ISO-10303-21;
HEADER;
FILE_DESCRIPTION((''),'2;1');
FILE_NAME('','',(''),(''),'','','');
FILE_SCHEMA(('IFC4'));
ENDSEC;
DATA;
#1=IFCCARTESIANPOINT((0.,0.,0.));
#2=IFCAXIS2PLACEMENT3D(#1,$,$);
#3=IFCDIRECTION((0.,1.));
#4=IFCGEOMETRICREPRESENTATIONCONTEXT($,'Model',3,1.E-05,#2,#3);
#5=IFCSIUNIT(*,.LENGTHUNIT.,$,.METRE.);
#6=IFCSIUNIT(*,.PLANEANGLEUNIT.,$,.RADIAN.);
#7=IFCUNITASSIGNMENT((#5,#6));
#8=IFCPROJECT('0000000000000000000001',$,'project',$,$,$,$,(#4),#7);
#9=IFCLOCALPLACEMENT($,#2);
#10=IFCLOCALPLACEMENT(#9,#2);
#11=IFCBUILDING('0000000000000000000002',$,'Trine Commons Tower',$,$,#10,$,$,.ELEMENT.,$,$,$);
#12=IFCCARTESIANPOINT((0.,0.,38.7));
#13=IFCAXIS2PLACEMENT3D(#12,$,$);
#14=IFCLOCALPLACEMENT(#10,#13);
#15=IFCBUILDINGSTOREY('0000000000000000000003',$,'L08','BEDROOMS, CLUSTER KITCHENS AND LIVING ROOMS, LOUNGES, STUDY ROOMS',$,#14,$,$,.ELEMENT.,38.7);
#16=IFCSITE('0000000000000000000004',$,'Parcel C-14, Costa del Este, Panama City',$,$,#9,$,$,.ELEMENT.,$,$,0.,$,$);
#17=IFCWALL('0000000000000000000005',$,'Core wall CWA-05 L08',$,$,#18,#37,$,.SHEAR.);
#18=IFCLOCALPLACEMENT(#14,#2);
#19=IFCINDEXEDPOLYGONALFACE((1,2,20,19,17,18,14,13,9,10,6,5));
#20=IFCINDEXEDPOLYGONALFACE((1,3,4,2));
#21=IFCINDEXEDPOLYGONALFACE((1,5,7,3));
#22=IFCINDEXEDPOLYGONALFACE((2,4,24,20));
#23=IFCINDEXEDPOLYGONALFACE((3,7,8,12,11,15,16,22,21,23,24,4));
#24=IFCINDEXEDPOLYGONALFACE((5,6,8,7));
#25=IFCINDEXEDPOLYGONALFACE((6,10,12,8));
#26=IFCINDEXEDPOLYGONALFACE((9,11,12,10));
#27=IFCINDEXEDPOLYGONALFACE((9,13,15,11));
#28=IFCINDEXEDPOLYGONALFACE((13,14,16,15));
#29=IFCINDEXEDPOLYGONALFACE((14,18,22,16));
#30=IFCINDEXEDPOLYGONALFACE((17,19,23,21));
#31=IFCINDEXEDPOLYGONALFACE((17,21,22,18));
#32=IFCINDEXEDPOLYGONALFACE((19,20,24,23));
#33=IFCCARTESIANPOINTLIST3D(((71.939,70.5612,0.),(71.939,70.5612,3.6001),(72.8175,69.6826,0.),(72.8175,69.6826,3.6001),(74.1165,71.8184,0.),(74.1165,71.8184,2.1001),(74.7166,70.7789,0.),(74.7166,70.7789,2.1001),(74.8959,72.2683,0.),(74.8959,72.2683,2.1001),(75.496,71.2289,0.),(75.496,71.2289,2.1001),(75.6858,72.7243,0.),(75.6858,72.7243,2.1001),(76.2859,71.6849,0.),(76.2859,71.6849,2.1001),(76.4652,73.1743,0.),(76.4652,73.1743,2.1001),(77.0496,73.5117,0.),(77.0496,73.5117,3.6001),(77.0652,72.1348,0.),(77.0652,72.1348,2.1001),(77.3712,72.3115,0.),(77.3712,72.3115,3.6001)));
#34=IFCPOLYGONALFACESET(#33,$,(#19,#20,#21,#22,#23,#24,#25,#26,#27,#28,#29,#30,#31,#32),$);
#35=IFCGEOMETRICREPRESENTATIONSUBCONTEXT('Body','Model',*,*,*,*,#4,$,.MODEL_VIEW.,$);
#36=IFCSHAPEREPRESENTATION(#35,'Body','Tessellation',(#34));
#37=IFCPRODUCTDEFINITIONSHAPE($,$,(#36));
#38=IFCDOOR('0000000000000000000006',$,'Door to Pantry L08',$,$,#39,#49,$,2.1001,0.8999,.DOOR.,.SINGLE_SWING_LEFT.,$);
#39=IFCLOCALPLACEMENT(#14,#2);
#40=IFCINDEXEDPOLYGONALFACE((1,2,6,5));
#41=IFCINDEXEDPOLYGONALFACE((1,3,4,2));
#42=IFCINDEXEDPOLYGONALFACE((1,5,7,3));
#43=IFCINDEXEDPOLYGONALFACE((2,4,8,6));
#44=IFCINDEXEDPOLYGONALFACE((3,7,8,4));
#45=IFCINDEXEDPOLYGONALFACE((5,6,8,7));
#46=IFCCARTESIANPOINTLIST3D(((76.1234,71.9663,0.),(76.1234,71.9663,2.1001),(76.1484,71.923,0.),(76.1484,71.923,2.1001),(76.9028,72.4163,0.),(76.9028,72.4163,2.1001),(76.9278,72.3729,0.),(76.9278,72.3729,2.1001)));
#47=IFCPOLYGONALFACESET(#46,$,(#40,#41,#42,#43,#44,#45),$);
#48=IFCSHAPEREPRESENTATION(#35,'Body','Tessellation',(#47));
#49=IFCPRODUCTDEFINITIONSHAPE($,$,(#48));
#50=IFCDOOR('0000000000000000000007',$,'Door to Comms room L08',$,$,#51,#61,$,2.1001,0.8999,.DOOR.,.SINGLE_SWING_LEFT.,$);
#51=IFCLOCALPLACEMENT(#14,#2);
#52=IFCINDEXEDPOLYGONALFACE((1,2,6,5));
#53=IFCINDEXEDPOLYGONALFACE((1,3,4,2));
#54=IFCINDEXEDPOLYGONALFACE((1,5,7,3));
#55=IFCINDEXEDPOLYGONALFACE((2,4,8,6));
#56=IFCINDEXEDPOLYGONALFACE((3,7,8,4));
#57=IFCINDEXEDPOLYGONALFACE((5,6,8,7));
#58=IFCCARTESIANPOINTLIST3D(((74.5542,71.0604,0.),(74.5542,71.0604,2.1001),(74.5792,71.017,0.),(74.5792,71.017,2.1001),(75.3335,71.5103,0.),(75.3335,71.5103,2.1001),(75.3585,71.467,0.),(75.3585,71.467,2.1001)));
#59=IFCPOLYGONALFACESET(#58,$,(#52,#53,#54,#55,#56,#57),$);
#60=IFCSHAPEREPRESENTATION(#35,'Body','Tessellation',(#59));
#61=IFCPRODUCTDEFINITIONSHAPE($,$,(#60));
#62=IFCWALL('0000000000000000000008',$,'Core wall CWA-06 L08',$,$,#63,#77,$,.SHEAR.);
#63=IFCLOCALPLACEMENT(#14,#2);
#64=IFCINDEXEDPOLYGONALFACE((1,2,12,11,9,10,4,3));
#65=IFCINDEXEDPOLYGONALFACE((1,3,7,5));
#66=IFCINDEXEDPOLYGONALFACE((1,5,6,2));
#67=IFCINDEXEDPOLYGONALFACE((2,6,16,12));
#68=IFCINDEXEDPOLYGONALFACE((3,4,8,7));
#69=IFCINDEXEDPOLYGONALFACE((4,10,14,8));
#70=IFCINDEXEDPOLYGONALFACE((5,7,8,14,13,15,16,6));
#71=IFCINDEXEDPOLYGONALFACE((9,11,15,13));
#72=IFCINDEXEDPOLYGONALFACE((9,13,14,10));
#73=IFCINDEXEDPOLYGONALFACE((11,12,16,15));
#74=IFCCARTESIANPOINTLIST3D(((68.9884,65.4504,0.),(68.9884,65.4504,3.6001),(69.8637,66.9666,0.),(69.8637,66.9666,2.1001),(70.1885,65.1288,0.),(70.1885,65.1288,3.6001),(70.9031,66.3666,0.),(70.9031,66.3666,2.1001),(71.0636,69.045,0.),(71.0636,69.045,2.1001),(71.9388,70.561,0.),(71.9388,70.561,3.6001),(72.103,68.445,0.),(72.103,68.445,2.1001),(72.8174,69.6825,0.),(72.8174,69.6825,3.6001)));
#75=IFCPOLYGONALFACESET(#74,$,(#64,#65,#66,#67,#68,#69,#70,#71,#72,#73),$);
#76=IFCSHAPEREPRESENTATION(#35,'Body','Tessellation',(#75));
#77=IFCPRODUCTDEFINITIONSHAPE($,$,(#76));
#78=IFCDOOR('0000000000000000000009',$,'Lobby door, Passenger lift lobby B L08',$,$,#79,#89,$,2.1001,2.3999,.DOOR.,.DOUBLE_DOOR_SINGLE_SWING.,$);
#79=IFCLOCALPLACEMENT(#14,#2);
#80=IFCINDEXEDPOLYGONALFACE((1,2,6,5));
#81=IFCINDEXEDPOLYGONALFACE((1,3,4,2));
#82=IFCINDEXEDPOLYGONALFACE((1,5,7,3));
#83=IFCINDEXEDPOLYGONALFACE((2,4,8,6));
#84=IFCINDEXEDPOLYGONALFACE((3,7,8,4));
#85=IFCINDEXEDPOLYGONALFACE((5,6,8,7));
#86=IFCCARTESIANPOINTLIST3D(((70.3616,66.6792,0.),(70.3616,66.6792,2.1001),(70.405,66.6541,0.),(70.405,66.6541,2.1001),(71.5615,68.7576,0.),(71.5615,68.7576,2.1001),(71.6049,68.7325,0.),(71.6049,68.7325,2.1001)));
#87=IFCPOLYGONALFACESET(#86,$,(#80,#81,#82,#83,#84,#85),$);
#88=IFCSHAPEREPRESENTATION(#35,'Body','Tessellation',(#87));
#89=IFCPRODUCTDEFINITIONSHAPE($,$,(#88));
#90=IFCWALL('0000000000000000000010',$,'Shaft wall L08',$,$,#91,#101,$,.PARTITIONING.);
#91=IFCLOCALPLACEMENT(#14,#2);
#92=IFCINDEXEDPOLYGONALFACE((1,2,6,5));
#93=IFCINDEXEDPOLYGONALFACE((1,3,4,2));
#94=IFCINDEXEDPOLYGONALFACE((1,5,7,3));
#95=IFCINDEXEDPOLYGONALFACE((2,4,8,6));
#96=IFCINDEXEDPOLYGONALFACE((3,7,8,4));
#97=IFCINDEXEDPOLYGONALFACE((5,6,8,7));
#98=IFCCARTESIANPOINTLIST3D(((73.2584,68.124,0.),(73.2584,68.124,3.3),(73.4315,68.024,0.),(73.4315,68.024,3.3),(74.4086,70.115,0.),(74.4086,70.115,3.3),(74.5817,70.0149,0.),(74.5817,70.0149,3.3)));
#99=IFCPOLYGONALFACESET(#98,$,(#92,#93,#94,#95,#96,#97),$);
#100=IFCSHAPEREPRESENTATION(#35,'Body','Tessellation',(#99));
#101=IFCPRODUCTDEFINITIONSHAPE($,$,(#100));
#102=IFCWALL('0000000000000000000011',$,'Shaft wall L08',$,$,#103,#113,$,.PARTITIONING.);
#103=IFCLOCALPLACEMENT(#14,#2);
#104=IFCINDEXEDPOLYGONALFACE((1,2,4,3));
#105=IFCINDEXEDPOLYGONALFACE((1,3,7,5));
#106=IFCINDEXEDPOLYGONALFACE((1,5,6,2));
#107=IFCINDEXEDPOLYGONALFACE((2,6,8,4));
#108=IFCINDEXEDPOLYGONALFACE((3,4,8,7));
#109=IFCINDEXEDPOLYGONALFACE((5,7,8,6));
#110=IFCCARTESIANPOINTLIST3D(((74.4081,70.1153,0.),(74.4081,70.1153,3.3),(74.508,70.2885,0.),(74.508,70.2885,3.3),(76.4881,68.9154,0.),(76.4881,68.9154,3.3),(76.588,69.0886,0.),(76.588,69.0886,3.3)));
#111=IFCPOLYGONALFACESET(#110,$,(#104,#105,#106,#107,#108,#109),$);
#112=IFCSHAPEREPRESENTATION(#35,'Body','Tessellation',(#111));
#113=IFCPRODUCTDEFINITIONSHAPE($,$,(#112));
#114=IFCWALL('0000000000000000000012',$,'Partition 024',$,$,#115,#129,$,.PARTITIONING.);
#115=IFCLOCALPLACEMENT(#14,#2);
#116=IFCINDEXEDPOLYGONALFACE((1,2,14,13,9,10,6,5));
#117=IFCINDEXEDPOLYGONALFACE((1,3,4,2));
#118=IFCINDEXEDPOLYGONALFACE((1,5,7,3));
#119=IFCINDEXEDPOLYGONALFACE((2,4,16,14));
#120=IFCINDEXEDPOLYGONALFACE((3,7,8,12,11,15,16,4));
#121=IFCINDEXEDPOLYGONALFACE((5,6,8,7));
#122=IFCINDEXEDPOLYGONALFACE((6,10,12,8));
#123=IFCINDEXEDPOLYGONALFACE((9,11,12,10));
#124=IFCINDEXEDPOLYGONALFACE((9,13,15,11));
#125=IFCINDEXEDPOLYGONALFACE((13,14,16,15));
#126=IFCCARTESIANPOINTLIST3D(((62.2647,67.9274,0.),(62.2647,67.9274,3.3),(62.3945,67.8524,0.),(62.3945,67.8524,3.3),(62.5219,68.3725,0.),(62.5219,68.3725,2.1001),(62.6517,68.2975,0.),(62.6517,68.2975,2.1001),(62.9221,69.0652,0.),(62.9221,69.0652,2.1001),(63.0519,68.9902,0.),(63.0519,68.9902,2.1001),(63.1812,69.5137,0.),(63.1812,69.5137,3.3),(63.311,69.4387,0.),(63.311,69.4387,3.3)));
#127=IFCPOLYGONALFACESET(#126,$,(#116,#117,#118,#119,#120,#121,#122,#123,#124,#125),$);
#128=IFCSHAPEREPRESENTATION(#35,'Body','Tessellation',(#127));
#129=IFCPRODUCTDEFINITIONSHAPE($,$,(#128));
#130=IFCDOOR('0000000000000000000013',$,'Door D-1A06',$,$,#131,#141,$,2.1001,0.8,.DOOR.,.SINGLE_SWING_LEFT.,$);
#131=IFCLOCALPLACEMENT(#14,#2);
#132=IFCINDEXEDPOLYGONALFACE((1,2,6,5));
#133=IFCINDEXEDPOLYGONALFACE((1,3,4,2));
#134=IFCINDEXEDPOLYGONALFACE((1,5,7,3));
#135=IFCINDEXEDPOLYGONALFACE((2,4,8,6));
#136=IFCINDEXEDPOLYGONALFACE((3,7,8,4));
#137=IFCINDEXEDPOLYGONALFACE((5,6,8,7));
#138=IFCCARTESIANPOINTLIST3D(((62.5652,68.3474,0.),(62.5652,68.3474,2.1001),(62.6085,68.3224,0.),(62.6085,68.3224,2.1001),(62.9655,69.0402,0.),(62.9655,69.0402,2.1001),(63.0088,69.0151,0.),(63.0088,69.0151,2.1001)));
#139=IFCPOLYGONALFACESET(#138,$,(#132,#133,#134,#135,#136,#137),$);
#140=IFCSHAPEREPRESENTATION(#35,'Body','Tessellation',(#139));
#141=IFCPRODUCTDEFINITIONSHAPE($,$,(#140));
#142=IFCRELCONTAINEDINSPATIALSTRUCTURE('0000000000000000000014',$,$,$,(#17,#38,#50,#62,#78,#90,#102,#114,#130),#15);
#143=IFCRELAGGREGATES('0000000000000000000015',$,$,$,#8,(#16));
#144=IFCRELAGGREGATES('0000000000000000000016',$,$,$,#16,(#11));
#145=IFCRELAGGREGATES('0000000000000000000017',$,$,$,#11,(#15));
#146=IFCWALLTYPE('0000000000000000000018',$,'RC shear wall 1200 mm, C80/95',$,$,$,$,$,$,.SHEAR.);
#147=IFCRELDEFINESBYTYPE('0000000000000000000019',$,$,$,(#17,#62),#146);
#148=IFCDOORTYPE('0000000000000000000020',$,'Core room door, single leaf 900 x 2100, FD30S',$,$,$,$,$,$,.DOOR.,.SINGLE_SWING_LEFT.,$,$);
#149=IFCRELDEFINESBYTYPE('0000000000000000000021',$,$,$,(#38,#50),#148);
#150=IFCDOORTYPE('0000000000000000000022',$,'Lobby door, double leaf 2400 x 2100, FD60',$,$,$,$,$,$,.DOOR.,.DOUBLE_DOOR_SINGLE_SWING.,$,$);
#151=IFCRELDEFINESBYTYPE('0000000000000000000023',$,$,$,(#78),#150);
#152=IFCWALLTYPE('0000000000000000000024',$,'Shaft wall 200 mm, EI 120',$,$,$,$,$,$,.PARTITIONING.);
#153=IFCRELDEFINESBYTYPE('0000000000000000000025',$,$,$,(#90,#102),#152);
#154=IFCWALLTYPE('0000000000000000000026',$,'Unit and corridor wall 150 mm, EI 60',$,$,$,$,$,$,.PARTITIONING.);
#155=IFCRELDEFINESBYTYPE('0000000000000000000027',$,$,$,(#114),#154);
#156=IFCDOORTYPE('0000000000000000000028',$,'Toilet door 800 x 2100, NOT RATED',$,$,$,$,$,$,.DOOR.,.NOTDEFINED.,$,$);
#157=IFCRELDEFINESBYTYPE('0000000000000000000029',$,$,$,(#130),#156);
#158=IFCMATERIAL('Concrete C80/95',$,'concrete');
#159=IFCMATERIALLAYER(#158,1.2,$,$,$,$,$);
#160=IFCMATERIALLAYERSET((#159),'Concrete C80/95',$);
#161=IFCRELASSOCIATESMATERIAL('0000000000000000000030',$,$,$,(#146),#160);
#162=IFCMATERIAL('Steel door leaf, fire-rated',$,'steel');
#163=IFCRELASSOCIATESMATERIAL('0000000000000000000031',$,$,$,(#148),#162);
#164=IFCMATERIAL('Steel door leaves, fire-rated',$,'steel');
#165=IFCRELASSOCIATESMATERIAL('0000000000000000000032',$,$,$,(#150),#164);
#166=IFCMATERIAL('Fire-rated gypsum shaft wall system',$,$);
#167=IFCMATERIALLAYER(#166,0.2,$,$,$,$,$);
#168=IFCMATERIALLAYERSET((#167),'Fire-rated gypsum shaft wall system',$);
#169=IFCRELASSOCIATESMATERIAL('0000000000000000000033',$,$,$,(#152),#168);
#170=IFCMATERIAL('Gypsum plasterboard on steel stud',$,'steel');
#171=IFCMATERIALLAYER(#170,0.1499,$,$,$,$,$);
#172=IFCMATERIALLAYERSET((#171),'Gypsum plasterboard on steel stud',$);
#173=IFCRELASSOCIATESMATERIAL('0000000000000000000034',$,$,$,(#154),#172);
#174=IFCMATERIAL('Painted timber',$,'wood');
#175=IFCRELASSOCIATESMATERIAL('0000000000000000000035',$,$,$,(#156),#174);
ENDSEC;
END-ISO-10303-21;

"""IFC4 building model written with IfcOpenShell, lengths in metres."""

from ifc_helpers import new_model, si_unit, direction, frame, frame_2d, origin, place, context, subcontext, project, spatial, polyline, rectangle, outline, extrude, material, layer, layer_set, type_object, element, fill, save


model = new_model("IFC4")

# Units and contexts
model_context = context("Model", 3, precision=1e-05, world=origin(), true_north=direction((0.0, 1.0)))
body_context = subcontext(model_context, "Body", "Model", "MODEL_VIEW")
ifc_project = project(units=[si_unit("LENGTHUNIT", "METRE"), si_unit("PLANEANGLEUNIT", "RADIAN")], contexts=[model_context])

# Site, building, storey
site_placement = place(None, origin())
site = spatial("IfcSite", under=ifc_project, at=site_placement, Name="Parcel C-14, Costa del Este, Panama City", CompositionType="ELEMENT", RefElevation=0.0)
building_placement = place(site_placement, origin())
building = spatial("IfcBuilding", under=site, at=building_placement, Name="Trine Commons Tower", CompositionType="ELEMENT")
storey_placement = place(building_placement, frame((0.0, 0.0, 38.7)))
storey = spatial("IfcBuildingStorey", under=building, at=storey_placement, Name="L08", Description="BEDROOMS, CLUSTER KITCHENS AND LIVING ROOMS, LOUNGES, STUDY ROOMS", CompositionType="ELEMENT", Elevation=38.7)

# Shared definitions
ifc_material_1 = material(Name="Concrete C80/95", Category="concrete")

# Wall, openings, doors
ifc_layer_1 = layer(ifc_material_1, 1.2)
ifc_layer_set_1 = layer_set([ifc_layer_1], Name="Concrete C80/95")
wall_type_1 = type_object("IfcWallType", Name="RC shear wall 1200 mm, C80/95", PredefinedType="SHEAR", material=ifc_layer_set_1)
wall_1_placement = place(storey_placement, frame((77.3496, 72.9919, 0.0), z_axis=(0.0, 0.0, 1.0), x_axis=(-0.866037, -0.499979, 0.0)))
wall_1 = element("IfcWall", 1, at=wall_1_placement, inside=storey, type_object=wall_type_1, Name="Core wall CWA-05 L08", PredefinedType="SHEAR", context=body_context, shape_type="SweptSolid", body=[
    extrude(outline(polyline([(0.0, -0.6001), (5.9011, -0.6001), (5.5796, 0.6001), (0.3215, 0.6001), (0.0, -0.6001)])), origin(), (0.0, 0.0, 1.0), 3.6001),
])
opening_1_placement = place(wall_1_placement, frame((0.6748, 0.0, 0.0)))
opening_1 = element("IfcOpeningElement", 2, at=opening_1_placement, cuts=wall_1, PredefinedType="OPENING", context=body_context, shape_type="SweptSolid", body=[
    extrude(rectangle(XDim=0.8999, YDim=2.1001, at=frame_2d((0.45, 1.05))), frame((0.0, 0.6099, 0.0), z_axis=(0.0, -1.0, 0.0), x_axis=(1.0, 0.0, 0.0)), (0.0, 0.0, 1.0), 1.22),
])
opening_2_placement = place(wall_1_placement, frame((2.4868, 0.0, 0.0)))
opening_2 = element("IfcOpeningElement", 3, at=opening_2_placement, cuts=wall_1, PredefinedType="OPENING", context=body_context, shape_type="SweptSolid", body=[
    extrude(rectangle(XDim=0.8999, YDim=2.1001, at=frame_2d((0.45, 1.05))), frame((0.0, 0.6099, 0.0), z_axis=(0.0, -1.0, 0.0), x_axis=(1.0, 0.0, 0.0)), (0.0, 0.0, 1.0), 1.22),
])
ifc_material_2 = material(Name="Steel door leaf, fire-rated", Category="steel")
door_type_1 = type_object("IfcDoorType", Name="Core room door, single leaf 900 x 2100, FD30S", OperationType="SINGLE_SWING_LEFT", PredefinedType="DOOR", material=ifc_material_2)
door_1_placement = place(opening_1_placement, origin())
door_1 = element("IfcDoor", 4, at=door_1_placement, inside=storey, type_object=door_type_1, Name="Door to Pantry L08", OperationType="SINGLE_SWING_LEFT", OverallHeight=2.1001, OverallWidth=0.8999, PredefinedType="DOOR", context=body_context, shape_type="SweptSolid", body=[
    extrude(rectangle(XDim=0.8999, YDim=2.1001, at=frame_2d((0.45, 1.05))), frame((0.0, 0.3252, 0.0), z_axis=(0.0, -1.0, 0.0), x_axis=(1.0, 0.0, 0.0)), (0.0, 0.0, 1.0), 0.05),
])
fill(opening_1, door_1)
door_2_placement = place(opening_2_placement, origin())
door_2 = element("IfcDoor", 5, at=door_2_placement, inside=storey, type_object=door_type_1, Name="Door to Comms room L08", OperationType="SINGLE_SWING_LEFT", OverallHeight=2.1001, OverallWidth=0.8999, PredefinedType="DOOR", context=body_context, shape_type="SweptSolid", body=[
    extrude(rectangle(XDim=0.8999, YDim=2.1001, at=frame_2d((0.45, 1.05))), frame((0.0, 0.3252, 0.0), z_axis=(0.0, -1.0, 0.0), x_axis=(1.0, 0.0, 0.0)), (0.0, 0.0, 1.0), 0.05),
])
fill(opening_2, door_2)

# Wall, opening, door
wall_2_placement = place(storey_placement, frame((72.4585, 70.261, 0.0), z_axis=(0.0, 0.0, 1.0), x_axis=(-0.499979, -0.866037, 0.0)))
wall_2 = element("IfcWall", 6, at=wall_2_placement, inside=storey, type_object=wall_type_1, Name="Core wall CWA-06 L08", PredefinedType="SHEAR", context=body_context, shape_type="SweptSolid", body=[
    extrude(outline(polyline([(0.0, -0.6001), (5.9011, -0.6001), (5.5796, 0.6001), (0.3215, 0.6001), (0.0, -0.6001)])), origin(), (0.0, 0.0, 1.0), 3.6001),
])
opening_3_placement = place(wall_2_placement, frame((1.7505, 0.0, 0.0)))
opening_3 = element("IfcOpeningElement", 7, at=opening_3_placement, cuts=wall_2, PredefinedType="OPENING", context=body_context, shape_type="SweptSolid", body=[
    extrude(rectangle(XDim=2.3999, YDim=2.1001, at=frame_2d((1.2, 1.05))), frame((0.0, 0.6099, 0.0), z_axis=(0.0, -1.0, 0.0), x_axis=(1.0, 0.0, 0.0)), (0.0, 0.0, 1.0), 1.22),
])
ifc_material_3 = material(Name="Steel door leaves, fire-rated", Category="steel")
door_type_2 = type_object("IfcDoorType", Name="Lobby door, double leaf 2400 x 2100, FD60", OperationType="DOUBLE_DOOR_SINGLE_SWING", PredefinedType="DOOR", material=ifc_material_3)
door_3_placement = place(opening_3_placement, origin())
door_3 = element("IfcDoor", 8, at=door_3_placement, inside=storey, type_object=door_type_2, Name="Lobby door, Passenger lift lobby B L08", OperationType="DOUBLE_DOOR_SINGLE_SWING", OverallHeight=2.1001, OverallWidth=2.3999, PredefinedType="DOOR", context=body_context, shape_type="SweptSolid", body=[
    extrude(rectangle(XDim=2.3999, YDim=2.1001, at=frame_2d((1.2, 1.05))), frame((0.0, 0.0249, 0.0), z_axis=(0.0, -1.0, 0.0), x_axis=(1.0, 0.0, 0.0)), (0.0, 0.0, 1.0), 0.05),
])
fill(opening_3, door_3)

# Walls
ifc_material_4 = material(Name="Fire-rated gypsum shaft wall system")
ifc_layer_2 = layer(ifc_material_4, 0.2)
ifc_layer_set_2 = layer_set([ifc_layer_2], Name="Fire-rated gypsum shaft wall system")
wall_type_2 = type_object("IfcWallType", Name="Shaft wall 200 mm, EI 120", PredefinedType="PARTITIONING", material=ifc_layer_set_2)
wall_3_placement = place(storey_placement, frame((73.345, 68.074, 0.0), z_axis=(0.0, 0.0, 1.0), x_axis=(0.500216, 0.865901, 0.0)))
element("IfcWall", 9, at=wall_3_placement, inside=storey, type_object=wall_type_2, Name="Shaft wall L08", PredefinedType="PARTITIONING", context=body_context, shape_type="SweptSolid", body=[
    extrude(rectangle(XDim=2.2993, YDim=0.2, at=frame_2d((1.1497, 0.0))), origin(), (0.0, 0.0, 1.0), 3.3),
])
wall_4_placement = place(storey_placement, frame((76.5381, 69.002, 0.0), z_axis=(0.0, 0.0, 1.0), x_axis=(-0.866203, 0.499693, 0.0)))
element("IfcWall", 10, at=wall_4_placement, inside=storey, type_object=wall_type_2, Name="Shaft wall L08", PredefinedType="PARTITIONING", context=body_context, shape_type="SweptSolid", body=[
    extrude(rectangle(XDim=2.4014, YDim=0.2, at=frame_2d((1.2007, 0.0))), origin(), (0.0, 0.0, 1.0), 3.3),
])

# Wall, opening, door
ifc_material_5 = material(Name="Gypsum plasterboard on steel stud", Category="steel")
ifc_layer_3 = layer(ifc_material_5, 0.1499)
ifc_layer_set_3 = layer_set([ifc_layer_3], Name="Gypsum plasterboard on steel stud")
wall_type_3 = type_object("IfcWallType", Name="Unit and corridor wall 150 mm, EI 60", PredefinedType="PARTITIONING", material=ifc_layer_set_3)
wall_5_placement = place(storey_placement, frame((62.3296, 67.8899, 0.0), z_axis=(0.0, 0.0, 1.0), x_axis=(0.500295, 0.865855, 0.0)))
wall_5 = element("IfcWall", 11, at=wall_5_placement, inside=storey, type_object=wall_type_3, Name="Partition 024", PredefinedType="PARTITIONING", context=body_context, shape_type="SweptSolid", body=[
    extrude(rectangle(XDim=1.832, YDim=0.1499, at=frame_2d((0.916, 0.0))), origin(), (0.0, 0.0, 1.0), 3.3),
])
opening_4_placement = place(wall_5_placement, frame((0.5142, 0.0, 0.0)))
opening_4 = element("IfcOpeningElement", 12, at=opening_4_placement, cuts=wall_5, PredefinedType="OPENING", context=body_context, shape_type="SweptSolid", body=[
    extrude(rectangle(XDim=0.8, YDim=2.1001, at=frame_2d((0.3999, 1.05))), frame((0.0, 0.085, 0.0), z_axis=(0.0, -1.0, 0.0), x_axis=(1.0, 0.0, 0.0)), (0.0, 0.0, 1.0), 0.1699),
])
ifc_material_6 = material(Name="Painted timber", Category="wood")
door_type_3 = type_object("IfcDoorType", Name="Toilet door 800 x 2100, NOT RATED", OperationType="NOTDEFINED", PredefinedType="DOOR", material=ifc_material_6)
door_4_placement = place(opening_4_placement, origin())
door_4 = element("IfcDoor", 13, at=door_4_placement, inside=storey, type_object=door_type_3, Name="Door D-1A06", OperationType="SINGLE_SWING_LEFT", OverallHeight=2.1001, OverallWidth=0.8, PredefinedType="DOOR", context=body_context, shape_type="SweptSolid", body=[
    extrude(rectangle(XDim=0.8, YDim=2.1001, at=frame_2d((0.3999, 1.05))), frame((0.0, 0.0249, 0.0), z_axis=(0.0, -1.0, 0.0), x_axis=(1.0, 0.0, 0.0)), (0.0, 0.0, 1.0), 0.05),
])
fill(opening_4, door_4)

save(model, "model.ifc")
